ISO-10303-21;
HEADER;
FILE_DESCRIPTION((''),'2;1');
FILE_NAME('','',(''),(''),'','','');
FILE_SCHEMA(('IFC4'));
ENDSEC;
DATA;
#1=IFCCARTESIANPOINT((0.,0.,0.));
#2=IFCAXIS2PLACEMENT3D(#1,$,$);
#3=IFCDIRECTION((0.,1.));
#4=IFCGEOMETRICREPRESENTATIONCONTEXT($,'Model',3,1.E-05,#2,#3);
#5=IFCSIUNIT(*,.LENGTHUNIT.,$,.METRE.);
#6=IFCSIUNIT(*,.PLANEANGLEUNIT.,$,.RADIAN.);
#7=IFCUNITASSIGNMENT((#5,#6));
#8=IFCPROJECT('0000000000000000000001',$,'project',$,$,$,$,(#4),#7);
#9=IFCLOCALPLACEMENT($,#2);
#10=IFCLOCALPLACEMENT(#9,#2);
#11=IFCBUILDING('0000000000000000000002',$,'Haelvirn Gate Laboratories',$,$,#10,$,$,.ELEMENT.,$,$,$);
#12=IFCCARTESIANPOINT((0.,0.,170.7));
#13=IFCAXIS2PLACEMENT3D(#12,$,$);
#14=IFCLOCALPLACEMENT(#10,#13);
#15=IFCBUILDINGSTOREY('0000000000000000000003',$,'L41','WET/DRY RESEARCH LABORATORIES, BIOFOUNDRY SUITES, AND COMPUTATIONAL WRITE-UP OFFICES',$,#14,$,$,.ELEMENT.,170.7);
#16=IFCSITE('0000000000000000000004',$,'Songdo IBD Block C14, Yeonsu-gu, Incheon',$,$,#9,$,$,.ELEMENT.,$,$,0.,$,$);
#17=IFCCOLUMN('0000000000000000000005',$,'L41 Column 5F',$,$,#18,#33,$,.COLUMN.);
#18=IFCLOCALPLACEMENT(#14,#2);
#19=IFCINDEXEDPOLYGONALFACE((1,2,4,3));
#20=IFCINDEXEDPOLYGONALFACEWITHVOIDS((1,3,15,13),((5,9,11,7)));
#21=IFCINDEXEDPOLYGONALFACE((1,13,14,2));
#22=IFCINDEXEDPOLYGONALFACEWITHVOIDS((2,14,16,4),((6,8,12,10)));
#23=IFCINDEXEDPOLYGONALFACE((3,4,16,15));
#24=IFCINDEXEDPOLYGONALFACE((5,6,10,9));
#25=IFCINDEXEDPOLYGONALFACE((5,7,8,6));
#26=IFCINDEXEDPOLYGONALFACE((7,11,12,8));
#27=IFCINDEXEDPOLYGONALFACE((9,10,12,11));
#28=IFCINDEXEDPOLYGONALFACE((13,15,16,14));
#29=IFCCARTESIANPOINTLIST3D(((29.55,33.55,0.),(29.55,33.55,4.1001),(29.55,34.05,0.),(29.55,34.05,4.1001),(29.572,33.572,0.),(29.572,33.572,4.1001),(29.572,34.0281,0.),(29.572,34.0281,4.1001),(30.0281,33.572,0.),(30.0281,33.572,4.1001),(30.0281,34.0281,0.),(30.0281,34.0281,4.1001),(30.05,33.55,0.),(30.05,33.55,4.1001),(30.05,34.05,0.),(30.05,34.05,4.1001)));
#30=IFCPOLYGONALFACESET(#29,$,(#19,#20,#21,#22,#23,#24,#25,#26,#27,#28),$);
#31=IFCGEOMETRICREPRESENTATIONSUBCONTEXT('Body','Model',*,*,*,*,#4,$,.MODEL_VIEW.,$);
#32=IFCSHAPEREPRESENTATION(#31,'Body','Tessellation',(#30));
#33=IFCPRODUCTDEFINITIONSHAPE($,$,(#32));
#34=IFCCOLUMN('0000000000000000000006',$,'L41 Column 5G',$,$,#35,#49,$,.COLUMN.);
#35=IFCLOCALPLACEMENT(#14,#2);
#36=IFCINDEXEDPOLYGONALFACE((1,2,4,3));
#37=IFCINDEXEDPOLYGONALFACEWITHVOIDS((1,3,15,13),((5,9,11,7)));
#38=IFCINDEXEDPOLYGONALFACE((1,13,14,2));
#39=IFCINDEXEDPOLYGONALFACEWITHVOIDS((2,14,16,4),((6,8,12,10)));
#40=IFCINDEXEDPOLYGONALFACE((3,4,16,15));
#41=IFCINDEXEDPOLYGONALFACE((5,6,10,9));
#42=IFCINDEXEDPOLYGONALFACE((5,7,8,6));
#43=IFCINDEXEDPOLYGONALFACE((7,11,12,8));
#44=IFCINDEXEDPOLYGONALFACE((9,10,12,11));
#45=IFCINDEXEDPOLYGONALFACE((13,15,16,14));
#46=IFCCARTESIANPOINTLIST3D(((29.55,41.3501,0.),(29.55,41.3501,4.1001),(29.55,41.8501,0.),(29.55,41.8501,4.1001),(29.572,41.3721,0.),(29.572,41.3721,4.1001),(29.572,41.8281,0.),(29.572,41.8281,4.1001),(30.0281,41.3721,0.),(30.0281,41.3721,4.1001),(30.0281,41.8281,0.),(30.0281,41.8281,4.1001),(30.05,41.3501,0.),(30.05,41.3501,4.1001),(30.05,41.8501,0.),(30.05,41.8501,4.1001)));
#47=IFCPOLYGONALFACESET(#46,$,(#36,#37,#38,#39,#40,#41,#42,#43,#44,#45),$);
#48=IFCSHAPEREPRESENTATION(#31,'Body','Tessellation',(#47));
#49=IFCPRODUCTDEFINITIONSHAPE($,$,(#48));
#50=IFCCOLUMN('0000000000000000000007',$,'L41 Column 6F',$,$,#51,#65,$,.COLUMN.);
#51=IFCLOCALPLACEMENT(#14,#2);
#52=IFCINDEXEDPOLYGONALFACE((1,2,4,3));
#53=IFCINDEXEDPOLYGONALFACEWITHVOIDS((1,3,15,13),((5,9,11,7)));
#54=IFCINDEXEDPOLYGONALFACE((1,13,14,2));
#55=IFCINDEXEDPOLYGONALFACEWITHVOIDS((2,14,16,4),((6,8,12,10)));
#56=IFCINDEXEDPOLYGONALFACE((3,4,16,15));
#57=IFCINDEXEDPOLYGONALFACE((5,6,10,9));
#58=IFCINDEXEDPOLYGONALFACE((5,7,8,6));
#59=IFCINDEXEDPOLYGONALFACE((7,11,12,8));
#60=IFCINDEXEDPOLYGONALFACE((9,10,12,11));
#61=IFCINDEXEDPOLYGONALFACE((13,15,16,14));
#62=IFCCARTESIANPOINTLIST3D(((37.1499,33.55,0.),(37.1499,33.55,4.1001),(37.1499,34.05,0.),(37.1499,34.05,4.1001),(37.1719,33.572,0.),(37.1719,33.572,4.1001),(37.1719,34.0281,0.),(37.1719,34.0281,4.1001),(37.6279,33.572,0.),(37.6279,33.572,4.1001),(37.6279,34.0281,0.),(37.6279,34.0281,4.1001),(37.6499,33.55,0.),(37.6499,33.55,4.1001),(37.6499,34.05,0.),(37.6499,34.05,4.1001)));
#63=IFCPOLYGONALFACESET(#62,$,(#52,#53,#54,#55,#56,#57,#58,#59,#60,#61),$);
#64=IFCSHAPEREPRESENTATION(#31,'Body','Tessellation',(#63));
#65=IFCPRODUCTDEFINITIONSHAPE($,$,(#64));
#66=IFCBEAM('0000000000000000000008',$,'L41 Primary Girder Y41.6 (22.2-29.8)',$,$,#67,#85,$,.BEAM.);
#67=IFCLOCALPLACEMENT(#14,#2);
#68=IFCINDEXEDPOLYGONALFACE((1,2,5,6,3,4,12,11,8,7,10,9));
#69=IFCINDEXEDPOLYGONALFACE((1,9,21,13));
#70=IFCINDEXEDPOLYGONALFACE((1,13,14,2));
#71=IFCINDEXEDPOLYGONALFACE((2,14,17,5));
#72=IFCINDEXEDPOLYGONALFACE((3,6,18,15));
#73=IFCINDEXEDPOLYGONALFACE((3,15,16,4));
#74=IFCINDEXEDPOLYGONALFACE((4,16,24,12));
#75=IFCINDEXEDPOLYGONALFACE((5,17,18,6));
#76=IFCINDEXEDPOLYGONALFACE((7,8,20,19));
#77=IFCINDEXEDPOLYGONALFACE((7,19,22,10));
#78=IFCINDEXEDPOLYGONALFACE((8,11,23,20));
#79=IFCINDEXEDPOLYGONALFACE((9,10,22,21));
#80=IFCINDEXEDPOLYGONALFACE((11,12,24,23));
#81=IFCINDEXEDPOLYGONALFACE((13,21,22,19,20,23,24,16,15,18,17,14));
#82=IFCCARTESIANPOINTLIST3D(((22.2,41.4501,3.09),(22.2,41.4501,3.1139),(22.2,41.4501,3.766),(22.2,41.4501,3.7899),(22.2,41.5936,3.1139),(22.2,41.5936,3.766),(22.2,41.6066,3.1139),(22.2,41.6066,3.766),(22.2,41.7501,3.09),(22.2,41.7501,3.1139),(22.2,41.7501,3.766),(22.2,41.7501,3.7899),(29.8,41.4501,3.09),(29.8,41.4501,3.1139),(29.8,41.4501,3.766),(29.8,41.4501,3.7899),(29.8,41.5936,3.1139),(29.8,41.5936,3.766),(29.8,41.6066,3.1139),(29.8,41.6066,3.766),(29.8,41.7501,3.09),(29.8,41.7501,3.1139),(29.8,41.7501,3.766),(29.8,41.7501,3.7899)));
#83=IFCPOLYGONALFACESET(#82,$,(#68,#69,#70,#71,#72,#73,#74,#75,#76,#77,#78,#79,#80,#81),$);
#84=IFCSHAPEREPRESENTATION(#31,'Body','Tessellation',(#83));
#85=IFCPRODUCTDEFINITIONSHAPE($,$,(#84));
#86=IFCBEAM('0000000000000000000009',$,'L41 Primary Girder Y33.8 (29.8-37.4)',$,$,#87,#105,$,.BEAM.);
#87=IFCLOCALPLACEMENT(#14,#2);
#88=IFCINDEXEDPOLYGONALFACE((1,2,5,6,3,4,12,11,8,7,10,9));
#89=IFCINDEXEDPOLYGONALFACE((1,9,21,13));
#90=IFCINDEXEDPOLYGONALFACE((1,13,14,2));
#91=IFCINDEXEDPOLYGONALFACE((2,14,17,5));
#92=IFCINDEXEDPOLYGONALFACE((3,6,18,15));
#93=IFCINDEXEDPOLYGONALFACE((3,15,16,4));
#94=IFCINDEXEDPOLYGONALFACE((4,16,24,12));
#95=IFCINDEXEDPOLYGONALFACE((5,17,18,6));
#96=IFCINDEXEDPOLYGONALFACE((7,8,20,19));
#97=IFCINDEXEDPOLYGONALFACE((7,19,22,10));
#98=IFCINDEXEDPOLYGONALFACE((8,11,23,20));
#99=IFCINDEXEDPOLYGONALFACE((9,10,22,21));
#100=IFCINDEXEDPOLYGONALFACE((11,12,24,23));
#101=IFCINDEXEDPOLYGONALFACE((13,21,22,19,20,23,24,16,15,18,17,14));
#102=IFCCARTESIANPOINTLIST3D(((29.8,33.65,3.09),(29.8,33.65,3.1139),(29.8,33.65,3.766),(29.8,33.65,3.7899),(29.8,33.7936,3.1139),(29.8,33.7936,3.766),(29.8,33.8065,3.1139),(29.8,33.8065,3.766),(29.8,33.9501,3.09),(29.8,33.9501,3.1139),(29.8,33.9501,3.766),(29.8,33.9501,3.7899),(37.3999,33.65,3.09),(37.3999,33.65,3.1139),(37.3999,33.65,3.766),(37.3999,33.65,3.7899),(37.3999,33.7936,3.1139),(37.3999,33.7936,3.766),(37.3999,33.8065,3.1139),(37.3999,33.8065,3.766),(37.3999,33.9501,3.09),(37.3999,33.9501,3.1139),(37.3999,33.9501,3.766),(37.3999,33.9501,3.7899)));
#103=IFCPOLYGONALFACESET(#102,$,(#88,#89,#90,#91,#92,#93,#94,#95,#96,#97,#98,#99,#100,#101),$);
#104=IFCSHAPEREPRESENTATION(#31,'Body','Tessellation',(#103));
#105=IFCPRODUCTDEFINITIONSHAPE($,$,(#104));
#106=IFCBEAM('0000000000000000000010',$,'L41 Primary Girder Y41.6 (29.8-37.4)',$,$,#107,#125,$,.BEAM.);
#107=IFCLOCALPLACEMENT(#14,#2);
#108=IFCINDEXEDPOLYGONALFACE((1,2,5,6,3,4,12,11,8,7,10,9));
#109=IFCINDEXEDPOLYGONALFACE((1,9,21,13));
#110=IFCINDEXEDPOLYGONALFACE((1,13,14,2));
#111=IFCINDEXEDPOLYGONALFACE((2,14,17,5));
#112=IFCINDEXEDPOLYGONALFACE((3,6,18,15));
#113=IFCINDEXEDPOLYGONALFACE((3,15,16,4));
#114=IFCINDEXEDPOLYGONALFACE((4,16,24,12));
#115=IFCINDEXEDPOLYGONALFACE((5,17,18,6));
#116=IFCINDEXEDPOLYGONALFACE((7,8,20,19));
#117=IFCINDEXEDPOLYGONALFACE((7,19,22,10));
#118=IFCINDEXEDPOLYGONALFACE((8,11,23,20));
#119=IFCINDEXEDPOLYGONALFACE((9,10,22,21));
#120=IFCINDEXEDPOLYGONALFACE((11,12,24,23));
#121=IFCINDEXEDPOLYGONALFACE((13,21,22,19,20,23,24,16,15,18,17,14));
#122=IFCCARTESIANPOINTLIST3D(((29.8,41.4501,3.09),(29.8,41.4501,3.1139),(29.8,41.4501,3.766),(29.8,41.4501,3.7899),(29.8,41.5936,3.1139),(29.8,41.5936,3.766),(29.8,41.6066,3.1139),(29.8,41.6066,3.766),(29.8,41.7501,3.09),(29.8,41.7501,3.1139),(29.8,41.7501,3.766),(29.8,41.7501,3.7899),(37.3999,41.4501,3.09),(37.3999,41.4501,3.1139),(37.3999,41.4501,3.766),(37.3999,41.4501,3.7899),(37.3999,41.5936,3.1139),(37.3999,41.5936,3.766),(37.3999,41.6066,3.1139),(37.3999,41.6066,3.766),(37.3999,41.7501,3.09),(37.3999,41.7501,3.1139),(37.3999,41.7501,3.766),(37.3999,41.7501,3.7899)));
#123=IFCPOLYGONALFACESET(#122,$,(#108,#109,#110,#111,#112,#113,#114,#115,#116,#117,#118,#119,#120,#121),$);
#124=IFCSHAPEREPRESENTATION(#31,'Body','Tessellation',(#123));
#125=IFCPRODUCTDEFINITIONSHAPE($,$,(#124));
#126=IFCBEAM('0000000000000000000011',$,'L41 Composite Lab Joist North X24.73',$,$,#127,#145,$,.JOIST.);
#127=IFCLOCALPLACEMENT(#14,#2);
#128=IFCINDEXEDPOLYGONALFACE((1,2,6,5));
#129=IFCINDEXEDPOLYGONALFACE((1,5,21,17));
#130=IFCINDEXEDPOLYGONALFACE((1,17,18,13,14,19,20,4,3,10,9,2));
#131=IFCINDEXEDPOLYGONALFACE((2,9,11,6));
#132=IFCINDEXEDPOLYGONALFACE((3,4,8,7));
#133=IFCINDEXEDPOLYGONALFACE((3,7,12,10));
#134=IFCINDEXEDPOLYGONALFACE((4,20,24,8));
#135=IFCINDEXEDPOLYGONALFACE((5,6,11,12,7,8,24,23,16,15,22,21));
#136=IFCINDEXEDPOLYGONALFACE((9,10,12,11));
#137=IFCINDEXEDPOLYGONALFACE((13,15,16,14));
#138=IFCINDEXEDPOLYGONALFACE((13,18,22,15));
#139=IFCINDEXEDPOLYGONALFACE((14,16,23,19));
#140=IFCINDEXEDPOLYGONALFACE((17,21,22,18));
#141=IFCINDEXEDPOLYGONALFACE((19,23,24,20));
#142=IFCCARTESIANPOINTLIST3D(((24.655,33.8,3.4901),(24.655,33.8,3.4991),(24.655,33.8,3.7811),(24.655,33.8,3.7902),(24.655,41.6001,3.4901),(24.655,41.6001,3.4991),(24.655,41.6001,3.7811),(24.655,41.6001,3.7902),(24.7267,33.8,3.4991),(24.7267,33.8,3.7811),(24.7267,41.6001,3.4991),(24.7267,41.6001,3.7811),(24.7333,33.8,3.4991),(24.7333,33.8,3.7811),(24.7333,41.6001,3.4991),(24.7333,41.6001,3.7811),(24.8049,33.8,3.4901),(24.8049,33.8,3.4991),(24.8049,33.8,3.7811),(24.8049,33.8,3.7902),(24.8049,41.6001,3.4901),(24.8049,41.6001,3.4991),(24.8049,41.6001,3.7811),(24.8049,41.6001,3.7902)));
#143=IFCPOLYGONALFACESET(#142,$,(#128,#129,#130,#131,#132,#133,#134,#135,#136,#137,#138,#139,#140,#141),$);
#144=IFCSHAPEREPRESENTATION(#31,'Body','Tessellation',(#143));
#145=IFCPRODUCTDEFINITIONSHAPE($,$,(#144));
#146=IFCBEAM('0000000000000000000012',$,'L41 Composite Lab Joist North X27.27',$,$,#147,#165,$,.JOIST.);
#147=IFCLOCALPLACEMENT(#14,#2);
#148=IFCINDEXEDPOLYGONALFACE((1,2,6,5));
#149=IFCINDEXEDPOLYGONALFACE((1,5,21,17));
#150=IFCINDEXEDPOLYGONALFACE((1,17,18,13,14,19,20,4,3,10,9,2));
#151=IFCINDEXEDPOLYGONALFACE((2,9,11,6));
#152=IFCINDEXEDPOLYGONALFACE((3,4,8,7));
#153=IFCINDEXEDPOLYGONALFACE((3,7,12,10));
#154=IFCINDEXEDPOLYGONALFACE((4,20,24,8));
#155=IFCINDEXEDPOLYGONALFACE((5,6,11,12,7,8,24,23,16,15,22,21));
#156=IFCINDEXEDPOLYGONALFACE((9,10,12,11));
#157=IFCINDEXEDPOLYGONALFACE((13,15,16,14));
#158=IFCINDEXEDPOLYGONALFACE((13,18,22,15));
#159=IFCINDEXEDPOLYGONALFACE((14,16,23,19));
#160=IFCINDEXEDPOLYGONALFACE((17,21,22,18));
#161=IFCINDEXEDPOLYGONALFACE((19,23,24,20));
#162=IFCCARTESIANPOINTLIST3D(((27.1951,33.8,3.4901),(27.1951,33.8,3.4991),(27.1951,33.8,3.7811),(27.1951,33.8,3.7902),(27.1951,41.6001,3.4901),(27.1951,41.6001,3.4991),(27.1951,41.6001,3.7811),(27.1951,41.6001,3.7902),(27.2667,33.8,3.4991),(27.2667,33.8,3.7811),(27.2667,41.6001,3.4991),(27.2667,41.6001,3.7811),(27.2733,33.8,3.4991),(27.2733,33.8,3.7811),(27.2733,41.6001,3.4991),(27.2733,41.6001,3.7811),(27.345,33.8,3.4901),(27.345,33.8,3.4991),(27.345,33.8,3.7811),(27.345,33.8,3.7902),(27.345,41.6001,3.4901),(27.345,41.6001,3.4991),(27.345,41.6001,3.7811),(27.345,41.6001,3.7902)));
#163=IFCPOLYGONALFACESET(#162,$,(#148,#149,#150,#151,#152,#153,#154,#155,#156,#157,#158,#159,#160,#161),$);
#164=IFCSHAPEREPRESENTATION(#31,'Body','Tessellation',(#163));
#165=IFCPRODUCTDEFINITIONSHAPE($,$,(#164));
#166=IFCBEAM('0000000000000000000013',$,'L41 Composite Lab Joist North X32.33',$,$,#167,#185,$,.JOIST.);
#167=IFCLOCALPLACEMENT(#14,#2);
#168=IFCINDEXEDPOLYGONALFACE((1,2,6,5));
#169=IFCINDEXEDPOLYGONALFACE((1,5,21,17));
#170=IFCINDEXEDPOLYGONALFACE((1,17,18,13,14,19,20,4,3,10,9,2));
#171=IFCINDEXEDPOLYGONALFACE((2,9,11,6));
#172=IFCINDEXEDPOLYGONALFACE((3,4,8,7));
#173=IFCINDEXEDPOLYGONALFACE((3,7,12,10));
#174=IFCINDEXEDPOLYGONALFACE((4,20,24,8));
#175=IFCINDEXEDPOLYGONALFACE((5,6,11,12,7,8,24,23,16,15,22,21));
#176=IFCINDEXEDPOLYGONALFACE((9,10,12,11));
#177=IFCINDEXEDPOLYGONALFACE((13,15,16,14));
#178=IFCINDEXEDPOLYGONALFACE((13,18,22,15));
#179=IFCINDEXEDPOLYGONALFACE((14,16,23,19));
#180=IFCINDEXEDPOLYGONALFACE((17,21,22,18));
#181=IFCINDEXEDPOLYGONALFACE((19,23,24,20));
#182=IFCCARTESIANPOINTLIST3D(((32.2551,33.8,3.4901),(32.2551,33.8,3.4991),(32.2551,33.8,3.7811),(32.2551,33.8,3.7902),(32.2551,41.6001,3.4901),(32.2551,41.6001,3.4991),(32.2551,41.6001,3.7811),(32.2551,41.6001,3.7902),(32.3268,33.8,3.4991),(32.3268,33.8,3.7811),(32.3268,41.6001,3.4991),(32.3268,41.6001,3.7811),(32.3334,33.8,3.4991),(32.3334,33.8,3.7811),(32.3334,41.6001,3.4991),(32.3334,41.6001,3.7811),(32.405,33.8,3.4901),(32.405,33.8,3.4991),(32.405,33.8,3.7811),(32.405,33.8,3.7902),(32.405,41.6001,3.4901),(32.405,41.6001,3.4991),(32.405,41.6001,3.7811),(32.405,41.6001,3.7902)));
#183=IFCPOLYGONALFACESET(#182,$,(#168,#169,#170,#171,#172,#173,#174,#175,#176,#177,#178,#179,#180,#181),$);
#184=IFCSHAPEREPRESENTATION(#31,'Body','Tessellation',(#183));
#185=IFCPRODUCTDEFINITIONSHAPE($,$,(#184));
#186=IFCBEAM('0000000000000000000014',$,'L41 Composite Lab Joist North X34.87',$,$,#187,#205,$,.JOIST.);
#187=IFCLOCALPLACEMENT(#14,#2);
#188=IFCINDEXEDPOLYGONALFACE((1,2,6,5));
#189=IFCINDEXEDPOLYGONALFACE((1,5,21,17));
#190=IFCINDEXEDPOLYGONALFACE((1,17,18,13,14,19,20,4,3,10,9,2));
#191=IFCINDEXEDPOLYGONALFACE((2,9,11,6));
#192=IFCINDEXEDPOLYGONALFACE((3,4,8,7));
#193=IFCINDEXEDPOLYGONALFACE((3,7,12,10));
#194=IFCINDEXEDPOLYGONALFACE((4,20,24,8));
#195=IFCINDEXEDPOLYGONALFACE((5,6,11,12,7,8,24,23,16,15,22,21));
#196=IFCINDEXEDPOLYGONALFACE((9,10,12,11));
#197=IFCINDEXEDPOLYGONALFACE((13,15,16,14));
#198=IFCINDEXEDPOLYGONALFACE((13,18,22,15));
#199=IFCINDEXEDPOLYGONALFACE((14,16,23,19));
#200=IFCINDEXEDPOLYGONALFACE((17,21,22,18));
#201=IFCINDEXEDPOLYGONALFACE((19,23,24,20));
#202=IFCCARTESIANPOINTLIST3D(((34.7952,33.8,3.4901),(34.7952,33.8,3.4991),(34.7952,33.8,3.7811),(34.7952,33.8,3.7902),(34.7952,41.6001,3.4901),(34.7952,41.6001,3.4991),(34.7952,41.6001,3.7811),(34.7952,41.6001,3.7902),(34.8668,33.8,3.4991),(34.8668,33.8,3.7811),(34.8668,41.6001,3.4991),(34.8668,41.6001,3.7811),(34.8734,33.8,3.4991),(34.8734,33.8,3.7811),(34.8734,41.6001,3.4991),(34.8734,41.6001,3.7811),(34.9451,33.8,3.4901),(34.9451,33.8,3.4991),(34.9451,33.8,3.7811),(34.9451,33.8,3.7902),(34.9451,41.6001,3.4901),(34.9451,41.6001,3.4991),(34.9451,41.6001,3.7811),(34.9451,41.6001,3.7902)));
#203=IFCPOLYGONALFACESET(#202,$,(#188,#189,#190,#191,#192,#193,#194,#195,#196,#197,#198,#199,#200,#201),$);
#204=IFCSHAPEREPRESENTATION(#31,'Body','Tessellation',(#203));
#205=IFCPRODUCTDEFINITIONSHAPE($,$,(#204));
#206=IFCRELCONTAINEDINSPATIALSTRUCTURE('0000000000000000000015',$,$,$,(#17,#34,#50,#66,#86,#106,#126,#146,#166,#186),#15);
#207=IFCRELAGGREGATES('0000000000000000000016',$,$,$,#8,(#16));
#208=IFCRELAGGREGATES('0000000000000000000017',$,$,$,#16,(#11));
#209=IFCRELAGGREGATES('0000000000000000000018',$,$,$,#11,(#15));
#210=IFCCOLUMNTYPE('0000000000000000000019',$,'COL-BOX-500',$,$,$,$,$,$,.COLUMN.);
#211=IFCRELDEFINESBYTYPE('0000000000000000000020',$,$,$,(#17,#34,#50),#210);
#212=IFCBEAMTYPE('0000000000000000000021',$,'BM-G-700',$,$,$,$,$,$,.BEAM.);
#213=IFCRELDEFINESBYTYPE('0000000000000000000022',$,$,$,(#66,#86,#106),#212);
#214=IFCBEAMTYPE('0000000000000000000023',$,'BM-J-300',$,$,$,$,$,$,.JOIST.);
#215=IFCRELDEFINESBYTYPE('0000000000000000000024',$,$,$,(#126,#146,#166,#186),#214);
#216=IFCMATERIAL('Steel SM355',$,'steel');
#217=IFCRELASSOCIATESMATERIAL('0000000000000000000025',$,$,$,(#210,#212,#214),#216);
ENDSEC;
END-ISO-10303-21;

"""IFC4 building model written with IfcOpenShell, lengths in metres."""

from ifc_helpers import new_model, si_unit, direction, frame, origin, origin_2d, place, context, subcontext, project, spatial, hollow_rectangle, i_section, extrude, source, transform, mapped, material, material_profile, profile_set, type_object, type_shapes, element, save


model = new_model("IFC4")

# Units and contexts
model_context = context("Model", 3, precision=1e-05, world=origin(), true_north=direction((0.0, 1.0)))
body_context = subcontext(model_context, "Body", "Model", "MODEL_VIEW")
ifc_project = project(units=[si_unit("LENGTHUNIT", "METRE"), si_unit("PLANEANGLEUNIT", "RADIAN")], contexts=[model_context])

# Site, building, storey
site_placement = place(None, origin())
site = spatial("IfcSite", under=ifc_project, at=site_placement, Name="Songdo IBD Block C14, Yeonsu-gu, Incheon", CompositionType="ELEMENT", RefElevation=0.0)
building_placement = place(site_placement, origin())
building = spatial("IfcBuilding", under=site, at=building_placement, Name="Haelvirn Gate Laboratories", CompositionType="ELEMENT")
storey_placement = place(building_placement, frame((0.0, 0.0, 170.7)))
storey = spatial("IfcBuildingStorey", under=building, at=storey_placement, Name="L41", Description="WET/DRY RESEARCH LABORATORIES, BIOFOUNDRY SUITES, AND COMPUTATIONAL WRITE-UP OFFICES", CompositionType="ELEMENT", Elevation=170.7)

# Columns
ifc_material_1 = material(Name="Steel SM355", Category="steel")
ifc_material_profile_1 = material_profile(ifc_material_1, hollow_rectangle(XDim=0.5, YDim=0.5, WallThickness=0.022, at=origin_2d()), Name="BOX-500x500x22")
ifc_profile_set_1 = profile_set([ifc_material_profile_1], Name="Steel SM355")
column_type = type_object("IfcColumnType", Name="COL-BOX-500", PredefinedType="COLUMN", material=ifc_profile_set_1)
shared_shape_1 = source(origin(), body_context, "Body", "SweptSolid", [
    extrude(hollow_rectangle(XDim=0.5, YDim=0.5, WallThickness=0.022, at=origin_2d()), origin(), (0.0, 0.0, 1.0), 4.1001),
])
type_shapes(column_type, [shared_shape_1])
for number, where, z_axis, x_axis, name in (
    (1, (29.8, 33.8, 0.0), (0.0, 0.0, 1.0), (1.0, 0.0, 0.0), "L41 Column 5F"),
    (2, (29.8, 41.6001, 0.0), (0.0, 0.0, 1.0), (1.0, 0.0, 0.0), "L41 Column 5G"),
    (3, (37.3999, 33.8, 0.0), (0.0, 0.0, 1.0), (1.0, 0.0, 0.0), "L41 Column 6F"),
):
    element("IfcColumn", number, at=place(storey_placement, frame(where, z_axis=z_axis, x_axis=x_axis)), inside=storey, type_object=column_type, Name=name, PredefinedType="COLUMN", context=body_context, shape_type="MappedRepresentation", body=[
        mapped(shared_shape_1, transform((0.0, 0.0, 0.0), scale=1.0)),
    ])

# Beams
ifc_material_profile_2 = material_profile(ifc_material_1, i_section(OverallWidth=0.3, OverallDepth=0.7, WebThickness=0.0129, FlangeThickness=0.0239, at=origin_2d()), Name="H-700x300x13x24")
ifc_profile_set_2 = profile_set([ifc_material_profile_2], Name="Steel SM355")
beam_type_1 = type_object("IfcBeamType", Name="BM-G-700", PredefinedType="BEAM", material=ifc_profile_set_2)
shared_shape_2 = source(origin(), body_context, "Body", "SweptSolid", [
    extrude(i_section(OverallWidth=0.3, OverallDepth=0.7, WebThickness=0.0129, FlangeThickness=0.0239, at=origin_2d()), origin(), (0.0, 0.0, 1.0), 7.6001),
])
beam_1_placement = place(storey_placement, frame((22.2, 41.6001, 3.4399), z_axis=(1.0, 0.0, 0.0), x_axis=(0.0, 1.0, 0.0)))
element("IfcBeam", 4, at=beam_1_placement, inside=storey, type_object=beam_type_1, Name="L41 Primary Girder Y41.6 (22.2-29.8)", PredefinedType="BEAM", context=body_context, shape_type="MappedRepresentation", body=[
    mapped(shared_shape_2, transform((0.0, 0.0, 0.0), scale=1.0)),
])
shared_shape_3 = source(origin(), body_context, "Body", "SweptSolid", [
    extrude(i_section(OverallWidth=0.3, OverallDepth=0.7, WebThickness=0.0129, FlangeThickness=0.0239, at=origin_2d()), origin(), (0.0, 0.0, 1.0), 7.5999),
])
type_shapes(beam_type_1, [shared_shape_2, shared_shape_3])
for number, where, z_axis, x_axis, name in (
    (5, (29.8, 33.8, 3.4399), (1.0, 0.0, 0.0), (0.0, 1.0, 0.0), "L41 Primary Girder Y33.8 (29.8-37.4)"),
    (6, (29.8, 41.6001, 3.4399), (1.0, 0.0, 0.0), (0.0, 1.0, 0.0), "L41 Primary Girder Y41.6 (29.8-37.4)"),
):
    element("IfcBeam", number, at=place(storey_placement, frame(where, z_axis=z_axis, x_axis=x_axis)), inside=storey, type_object=beam_type_1, Name=name, PredefinedType="BEAM", context=body_context, shape_type="MappedRepresentation", body=[
        mapped(shared_shape_3, transform((0.0, 0.0, 0.0), scale=1.0)),
    ])
ifc_material_profile_3 = material_profile(ifc_material_1, i_section(OverallWidth=0.1499, OverallDepth=0.3, WebThickness=0.0066, FlangeThickness=0.009, at=origin_2d()), Name="H-300x150x6.5x9")
ifc_profile_set_3 = profile_set([ifc_material_profile_3], Name="Steel SM355")
beam_type_2 = type_object("IfcBeamType", Name="BM-J-300", PredefinedType="JOIST", material=ifc_profile_set_3)
shared_shape_4 = source(origin(), body_context, "Body", "SweptSolid", [
    extrude(i_section(OverallWidth=0.1499, OverallDepth=0.3, WebThickness=0.0066, FlangeThickness=0.009, at=origin_2d()), origin(), (0.0, 0.0, 1.0), 7.8),
])
type_shapes(beam_type_2, [shared_shape_4])
for number, where, z_axis, x_axis, name in (
    (7, (24.73, 33.8, 3.6401), (0.0, 1.0, 0.0), (-1.0, 0.0, 0.0), "L41 Composite Lab Joist North X24.73"),
    (8, (27.27, 33.8, 3.6401), (0.0, 1.0, 0.0), (-1.0, 0.0, 0.0), "L41 Composite Lab Joist North X27.27"),
    (9, (32.3301, 33.8, 3.6401), (0.0, 1.0, 0.0), (-1.0, 0.0, 0.0), "L41 Composite Lab Joist North X32.33"),
    (10, (34.8701, 33.8, 3.6401), (0.0, 1.0, 0.0), (-1.0, 0.0, 0.0), "L41 Composite Lab Joist North X34.87"),
):
    element("IfcBeam", number, at=place(storey_placement, frame(where, z_axis=z_axis, x_axis=x_axis)), inside=storey, type_object=beam_type_2, Name=name, PredefinedType="JOIST", context=body_context, shape_type="MappedRepresentation", body=[
        mapped(shared_shape_4, transform((0.0, 0.0, 0.0), scale=1.0)),
    ])

save(model, "model.ifc")
